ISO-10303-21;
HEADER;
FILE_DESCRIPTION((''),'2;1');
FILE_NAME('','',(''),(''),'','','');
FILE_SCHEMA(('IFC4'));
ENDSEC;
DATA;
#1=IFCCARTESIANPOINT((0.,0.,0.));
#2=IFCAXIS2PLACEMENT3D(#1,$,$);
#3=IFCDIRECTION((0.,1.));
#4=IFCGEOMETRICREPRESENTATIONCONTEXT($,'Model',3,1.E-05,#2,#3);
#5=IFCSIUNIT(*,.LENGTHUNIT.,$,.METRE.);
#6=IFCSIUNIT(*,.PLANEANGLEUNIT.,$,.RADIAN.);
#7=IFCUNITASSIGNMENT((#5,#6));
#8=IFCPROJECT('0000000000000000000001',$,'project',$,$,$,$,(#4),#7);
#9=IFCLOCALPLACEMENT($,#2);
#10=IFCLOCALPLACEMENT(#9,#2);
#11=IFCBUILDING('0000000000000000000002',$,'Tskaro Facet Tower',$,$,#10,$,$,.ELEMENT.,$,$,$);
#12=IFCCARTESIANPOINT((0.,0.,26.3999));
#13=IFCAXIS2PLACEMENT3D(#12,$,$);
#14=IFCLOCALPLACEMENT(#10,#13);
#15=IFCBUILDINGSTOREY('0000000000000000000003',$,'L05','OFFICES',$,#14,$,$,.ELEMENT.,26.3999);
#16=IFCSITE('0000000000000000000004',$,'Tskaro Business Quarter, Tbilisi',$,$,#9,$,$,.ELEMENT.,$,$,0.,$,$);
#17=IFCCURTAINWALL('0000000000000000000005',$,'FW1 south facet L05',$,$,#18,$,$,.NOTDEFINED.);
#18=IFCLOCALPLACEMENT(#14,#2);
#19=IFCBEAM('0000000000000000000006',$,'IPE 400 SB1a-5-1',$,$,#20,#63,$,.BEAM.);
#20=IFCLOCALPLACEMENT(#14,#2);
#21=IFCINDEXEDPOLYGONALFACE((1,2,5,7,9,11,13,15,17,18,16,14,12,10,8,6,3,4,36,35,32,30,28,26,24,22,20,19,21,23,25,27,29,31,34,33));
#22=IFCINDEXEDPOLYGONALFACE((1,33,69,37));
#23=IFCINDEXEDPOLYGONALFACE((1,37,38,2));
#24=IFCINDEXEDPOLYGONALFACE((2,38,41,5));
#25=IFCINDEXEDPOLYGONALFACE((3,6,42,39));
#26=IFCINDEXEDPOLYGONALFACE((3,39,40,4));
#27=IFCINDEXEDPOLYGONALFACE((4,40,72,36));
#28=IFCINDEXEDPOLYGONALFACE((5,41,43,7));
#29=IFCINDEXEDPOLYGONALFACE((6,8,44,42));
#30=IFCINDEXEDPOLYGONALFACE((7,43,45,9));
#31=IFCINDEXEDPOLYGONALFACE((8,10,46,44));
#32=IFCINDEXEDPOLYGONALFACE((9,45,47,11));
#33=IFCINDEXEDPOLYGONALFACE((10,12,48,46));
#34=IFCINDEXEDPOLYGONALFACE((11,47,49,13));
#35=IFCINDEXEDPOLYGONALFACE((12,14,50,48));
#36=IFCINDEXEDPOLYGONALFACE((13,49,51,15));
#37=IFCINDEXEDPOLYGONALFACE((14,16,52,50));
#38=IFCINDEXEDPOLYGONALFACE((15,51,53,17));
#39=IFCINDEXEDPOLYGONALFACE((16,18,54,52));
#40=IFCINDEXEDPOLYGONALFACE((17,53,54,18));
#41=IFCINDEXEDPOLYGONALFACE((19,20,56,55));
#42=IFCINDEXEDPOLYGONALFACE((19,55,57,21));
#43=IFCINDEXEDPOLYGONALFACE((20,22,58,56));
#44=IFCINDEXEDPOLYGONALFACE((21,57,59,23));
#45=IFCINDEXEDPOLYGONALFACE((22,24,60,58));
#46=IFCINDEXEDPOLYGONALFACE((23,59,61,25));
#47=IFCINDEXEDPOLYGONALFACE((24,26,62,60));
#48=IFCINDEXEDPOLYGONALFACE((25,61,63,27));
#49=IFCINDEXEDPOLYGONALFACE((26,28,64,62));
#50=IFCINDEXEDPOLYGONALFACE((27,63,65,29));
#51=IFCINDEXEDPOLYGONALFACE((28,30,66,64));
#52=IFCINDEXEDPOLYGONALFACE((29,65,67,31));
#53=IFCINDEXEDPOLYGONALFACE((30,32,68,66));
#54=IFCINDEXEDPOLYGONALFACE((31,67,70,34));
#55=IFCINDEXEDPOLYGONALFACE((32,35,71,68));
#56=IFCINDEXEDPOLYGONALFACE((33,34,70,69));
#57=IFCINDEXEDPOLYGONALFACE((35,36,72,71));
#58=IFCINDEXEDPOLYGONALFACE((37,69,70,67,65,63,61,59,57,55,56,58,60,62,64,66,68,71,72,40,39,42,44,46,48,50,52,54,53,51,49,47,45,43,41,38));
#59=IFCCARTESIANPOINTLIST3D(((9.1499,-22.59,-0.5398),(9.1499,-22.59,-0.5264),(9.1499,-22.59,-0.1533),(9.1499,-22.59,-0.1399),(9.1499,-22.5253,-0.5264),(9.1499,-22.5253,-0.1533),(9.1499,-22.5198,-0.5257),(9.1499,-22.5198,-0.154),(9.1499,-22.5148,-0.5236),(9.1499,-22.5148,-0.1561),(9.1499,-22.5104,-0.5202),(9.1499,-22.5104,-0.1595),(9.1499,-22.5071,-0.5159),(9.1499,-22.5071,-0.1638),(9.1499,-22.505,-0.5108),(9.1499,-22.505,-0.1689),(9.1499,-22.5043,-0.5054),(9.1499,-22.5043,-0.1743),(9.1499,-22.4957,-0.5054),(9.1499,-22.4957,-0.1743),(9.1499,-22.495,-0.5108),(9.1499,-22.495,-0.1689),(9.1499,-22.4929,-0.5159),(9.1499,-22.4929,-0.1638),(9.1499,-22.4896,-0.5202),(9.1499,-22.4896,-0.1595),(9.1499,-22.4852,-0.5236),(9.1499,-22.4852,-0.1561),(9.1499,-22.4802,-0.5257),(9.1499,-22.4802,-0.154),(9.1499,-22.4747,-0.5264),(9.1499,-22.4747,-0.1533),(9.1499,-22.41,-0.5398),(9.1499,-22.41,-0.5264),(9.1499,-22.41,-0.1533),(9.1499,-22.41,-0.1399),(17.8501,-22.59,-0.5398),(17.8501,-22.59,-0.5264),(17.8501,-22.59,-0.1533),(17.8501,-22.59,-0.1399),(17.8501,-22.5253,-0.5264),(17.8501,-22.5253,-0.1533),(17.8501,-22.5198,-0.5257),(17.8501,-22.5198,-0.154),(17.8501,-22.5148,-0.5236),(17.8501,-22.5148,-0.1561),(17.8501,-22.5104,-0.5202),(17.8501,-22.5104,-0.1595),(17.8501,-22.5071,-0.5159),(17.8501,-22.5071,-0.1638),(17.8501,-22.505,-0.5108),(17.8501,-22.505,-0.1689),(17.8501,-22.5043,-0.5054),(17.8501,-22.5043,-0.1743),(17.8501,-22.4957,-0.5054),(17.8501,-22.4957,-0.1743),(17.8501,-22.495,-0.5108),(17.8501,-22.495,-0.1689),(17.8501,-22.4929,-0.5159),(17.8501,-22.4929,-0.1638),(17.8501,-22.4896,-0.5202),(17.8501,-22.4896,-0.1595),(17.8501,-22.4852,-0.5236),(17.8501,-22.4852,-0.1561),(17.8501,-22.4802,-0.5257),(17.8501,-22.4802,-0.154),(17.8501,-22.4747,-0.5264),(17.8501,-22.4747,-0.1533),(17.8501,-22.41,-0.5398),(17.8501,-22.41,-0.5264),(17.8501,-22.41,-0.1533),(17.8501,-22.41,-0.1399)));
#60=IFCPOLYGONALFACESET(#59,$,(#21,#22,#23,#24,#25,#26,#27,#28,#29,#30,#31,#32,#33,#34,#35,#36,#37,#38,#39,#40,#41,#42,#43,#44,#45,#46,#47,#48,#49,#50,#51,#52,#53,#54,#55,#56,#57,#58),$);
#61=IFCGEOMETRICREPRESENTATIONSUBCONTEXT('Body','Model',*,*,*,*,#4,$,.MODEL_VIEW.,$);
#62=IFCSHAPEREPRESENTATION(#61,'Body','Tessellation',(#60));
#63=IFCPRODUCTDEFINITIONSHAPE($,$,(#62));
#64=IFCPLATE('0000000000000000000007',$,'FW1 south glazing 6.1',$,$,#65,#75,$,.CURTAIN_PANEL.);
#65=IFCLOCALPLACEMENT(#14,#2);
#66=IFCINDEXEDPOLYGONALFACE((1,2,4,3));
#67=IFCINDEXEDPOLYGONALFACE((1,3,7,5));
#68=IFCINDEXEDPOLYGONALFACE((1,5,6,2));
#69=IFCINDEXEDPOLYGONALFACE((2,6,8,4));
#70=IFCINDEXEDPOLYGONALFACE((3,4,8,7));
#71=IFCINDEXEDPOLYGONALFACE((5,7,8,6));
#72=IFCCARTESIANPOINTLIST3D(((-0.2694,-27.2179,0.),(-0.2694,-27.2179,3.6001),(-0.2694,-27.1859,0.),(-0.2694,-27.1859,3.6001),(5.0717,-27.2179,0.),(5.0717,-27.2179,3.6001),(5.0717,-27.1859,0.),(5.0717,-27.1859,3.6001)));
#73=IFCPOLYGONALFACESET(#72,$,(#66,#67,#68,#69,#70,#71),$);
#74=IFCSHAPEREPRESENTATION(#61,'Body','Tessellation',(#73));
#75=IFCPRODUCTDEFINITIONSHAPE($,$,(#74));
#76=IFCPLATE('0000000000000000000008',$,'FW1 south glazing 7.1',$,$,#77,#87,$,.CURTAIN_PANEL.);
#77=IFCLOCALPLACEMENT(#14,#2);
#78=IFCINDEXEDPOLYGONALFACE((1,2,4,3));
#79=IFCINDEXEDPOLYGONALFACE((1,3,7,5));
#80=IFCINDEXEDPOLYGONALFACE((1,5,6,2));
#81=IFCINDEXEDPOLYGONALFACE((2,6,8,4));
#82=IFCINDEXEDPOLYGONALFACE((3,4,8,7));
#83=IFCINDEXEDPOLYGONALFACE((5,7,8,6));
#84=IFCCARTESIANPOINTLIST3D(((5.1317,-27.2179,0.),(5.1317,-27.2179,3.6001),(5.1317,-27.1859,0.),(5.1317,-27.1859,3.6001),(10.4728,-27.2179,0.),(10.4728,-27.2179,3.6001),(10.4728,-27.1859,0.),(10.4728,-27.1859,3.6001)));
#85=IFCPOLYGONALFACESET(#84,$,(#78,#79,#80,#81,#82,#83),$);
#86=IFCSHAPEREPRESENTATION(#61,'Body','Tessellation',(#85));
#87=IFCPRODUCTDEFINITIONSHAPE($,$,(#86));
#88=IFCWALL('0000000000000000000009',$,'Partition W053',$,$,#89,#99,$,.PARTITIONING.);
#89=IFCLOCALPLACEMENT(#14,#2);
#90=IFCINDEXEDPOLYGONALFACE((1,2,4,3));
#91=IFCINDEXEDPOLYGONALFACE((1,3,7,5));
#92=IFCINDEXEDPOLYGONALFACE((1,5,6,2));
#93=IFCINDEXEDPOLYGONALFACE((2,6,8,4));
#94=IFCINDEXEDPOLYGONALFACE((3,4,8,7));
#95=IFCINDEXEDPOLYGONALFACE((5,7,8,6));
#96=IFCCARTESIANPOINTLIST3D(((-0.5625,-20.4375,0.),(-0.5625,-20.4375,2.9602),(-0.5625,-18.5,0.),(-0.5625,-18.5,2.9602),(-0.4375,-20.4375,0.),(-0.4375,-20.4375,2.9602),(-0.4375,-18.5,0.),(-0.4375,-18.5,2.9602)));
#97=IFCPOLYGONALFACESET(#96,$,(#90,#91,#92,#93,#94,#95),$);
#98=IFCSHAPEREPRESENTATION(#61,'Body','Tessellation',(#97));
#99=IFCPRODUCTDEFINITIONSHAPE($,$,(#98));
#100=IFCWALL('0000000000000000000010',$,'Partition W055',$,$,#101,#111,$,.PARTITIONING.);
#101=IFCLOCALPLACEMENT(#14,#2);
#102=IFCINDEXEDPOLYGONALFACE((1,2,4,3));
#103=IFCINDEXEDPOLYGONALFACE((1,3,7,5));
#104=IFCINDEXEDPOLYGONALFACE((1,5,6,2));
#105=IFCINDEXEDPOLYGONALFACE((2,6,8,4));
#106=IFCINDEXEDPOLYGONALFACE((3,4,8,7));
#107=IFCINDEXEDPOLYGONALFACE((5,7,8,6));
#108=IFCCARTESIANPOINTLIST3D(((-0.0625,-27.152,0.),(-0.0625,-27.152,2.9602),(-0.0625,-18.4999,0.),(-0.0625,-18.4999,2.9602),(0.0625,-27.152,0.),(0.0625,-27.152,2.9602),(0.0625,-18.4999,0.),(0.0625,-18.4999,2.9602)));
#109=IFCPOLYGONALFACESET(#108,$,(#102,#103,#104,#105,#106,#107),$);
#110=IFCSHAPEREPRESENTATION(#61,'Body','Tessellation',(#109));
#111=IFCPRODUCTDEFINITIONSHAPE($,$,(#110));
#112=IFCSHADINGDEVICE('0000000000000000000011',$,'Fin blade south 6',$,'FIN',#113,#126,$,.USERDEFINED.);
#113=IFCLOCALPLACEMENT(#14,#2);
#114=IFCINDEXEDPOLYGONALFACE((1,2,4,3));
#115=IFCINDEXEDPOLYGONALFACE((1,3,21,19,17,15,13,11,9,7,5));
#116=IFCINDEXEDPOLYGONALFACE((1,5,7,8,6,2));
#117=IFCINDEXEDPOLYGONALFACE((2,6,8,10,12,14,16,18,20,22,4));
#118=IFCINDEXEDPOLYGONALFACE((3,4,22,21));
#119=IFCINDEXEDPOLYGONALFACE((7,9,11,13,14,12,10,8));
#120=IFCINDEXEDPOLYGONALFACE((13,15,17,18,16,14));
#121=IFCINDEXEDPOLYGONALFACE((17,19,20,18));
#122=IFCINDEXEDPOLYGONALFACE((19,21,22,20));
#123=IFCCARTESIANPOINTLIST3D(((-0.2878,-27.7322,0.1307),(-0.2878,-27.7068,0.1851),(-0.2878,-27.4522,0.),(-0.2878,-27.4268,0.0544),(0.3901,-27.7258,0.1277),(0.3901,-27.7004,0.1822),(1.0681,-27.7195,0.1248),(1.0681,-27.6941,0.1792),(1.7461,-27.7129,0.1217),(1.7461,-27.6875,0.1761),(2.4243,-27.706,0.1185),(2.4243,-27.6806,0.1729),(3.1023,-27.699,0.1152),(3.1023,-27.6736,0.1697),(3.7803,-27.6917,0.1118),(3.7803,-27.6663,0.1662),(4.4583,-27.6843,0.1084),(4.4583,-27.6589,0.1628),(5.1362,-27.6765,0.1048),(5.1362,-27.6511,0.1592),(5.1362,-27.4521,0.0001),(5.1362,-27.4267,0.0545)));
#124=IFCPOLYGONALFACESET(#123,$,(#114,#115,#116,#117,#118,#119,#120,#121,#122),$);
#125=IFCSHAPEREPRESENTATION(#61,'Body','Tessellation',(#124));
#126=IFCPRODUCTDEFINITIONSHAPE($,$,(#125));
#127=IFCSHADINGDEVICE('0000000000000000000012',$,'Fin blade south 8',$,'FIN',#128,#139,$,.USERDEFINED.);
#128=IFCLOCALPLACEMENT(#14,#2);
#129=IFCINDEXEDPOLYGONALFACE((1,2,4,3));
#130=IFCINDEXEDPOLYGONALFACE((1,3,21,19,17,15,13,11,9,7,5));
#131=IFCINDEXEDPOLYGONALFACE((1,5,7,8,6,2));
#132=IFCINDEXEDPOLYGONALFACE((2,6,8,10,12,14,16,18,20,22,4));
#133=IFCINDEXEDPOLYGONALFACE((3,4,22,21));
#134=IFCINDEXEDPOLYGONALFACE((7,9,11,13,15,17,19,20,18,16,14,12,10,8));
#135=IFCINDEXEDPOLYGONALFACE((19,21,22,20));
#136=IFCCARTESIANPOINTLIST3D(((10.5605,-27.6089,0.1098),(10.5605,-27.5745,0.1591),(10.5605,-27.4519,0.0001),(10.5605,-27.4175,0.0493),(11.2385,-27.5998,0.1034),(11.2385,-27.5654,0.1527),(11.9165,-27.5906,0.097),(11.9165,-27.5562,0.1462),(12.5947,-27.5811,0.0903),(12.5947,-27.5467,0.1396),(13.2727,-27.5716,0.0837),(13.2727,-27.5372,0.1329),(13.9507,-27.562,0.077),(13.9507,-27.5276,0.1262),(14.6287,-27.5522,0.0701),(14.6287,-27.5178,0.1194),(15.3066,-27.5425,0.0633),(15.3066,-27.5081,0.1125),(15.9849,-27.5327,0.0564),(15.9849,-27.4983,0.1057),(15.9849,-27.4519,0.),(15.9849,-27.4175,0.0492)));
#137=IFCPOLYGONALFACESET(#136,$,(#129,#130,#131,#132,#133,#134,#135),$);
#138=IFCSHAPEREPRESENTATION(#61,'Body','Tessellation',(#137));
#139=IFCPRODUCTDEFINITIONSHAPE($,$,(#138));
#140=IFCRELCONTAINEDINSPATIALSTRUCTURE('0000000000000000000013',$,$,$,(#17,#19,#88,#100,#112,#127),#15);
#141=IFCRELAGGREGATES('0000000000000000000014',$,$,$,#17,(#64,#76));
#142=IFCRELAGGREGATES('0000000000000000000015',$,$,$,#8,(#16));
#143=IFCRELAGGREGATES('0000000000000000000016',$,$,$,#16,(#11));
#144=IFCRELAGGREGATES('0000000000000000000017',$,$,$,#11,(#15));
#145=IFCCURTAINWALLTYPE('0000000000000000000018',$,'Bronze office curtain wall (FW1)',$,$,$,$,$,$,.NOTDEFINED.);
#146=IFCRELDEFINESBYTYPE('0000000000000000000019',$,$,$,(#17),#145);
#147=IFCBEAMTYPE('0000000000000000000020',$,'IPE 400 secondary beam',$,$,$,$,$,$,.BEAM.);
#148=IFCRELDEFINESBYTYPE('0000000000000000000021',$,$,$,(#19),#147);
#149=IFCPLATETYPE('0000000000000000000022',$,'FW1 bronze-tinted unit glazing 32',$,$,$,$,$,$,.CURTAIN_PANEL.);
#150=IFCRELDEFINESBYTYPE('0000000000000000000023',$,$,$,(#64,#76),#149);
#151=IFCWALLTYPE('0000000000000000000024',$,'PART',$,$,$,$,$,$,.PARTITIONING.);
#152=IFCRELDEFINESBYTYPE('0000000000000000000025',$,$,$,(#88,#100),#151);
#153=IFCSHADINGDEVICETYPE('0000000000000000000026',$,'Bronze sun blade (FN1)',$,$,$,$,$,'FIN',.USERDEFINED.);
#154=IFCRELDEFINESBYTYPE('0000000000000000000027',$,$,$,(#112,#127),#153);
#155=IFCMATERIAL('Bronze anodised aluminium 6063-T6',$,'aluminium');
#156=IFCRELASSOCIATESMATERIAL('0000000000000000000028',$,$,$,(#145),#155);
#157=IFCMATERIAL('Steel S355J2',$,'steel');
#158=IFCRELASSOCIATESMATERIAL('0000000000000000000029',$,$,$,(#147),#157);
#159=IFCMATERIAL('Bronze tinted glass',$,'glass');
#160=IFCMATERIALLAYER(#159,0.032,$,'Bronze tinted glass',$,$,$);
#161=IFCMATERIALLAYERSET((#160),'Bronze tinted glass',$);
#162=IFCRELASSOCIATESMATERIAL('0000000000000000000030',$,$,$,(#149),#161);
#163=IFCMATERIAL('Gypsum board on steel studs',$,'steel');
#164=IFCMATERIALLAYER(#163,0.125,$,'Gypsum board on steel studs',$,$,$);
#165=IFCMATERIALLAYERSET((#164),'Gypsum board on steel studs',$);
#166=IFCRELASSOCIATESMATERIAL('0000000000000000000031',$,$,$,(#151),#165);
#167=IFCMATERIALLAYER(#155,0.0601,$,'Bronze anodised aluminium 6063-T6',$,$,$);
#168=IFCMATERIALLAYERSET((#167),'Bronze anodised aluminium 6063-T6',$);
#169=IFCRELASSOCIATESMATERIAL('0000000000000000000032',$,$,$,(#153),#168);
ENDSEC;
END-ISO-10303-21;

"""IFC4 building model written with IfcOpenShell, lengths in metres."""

from ifc_helpers import new_model, si_unit, direction, frame, frame_2d, origin, origin_2d, place, context, subcontext, project, spatial, polyline, rectangle, i_section, outline, extrude, material, layer, layer_set, material_profile, profile_set, type_object, element, aggregate, save


model = new_model("IFC4")

# Units and contexts
model_context = context("Model", 3, precision=1e-05, world=origin(), true_north=direction((0.0, 1.0)))
body_context = subcontext(model_context, "Body", "Model", "MODEL_VIEW")
ifc_project = project(units=[si_unit("LENGTHUNIT", "METRE"), si_unit("PLANEANGLEUNIT", "RADIAN")], contexts=[model_context])

# Site, building, storey
site_placement = place(None, origin())
site = spatial("IfcSite", under=ifc_project, at=site_placement, Name="Tskaro Business Quarter, Tbilisi", CompositionType="ELEMENT", RefElevation=0.0)
building_placement = place(site_placement, origin())
building = spatial("IfcBuilding", under=site, at=building_placement, Name="Tskaro Facet Tower", CompositionType="ELEMENT")
storey_placement = place(building_placement, frame((0.0, 0.0, 26.3999)))
storey = spatial("IfcBuildingStorey", under=building, at=storey_placement, Name="L05", Description="OFFICES", CompositionType="ELEMENT", Elevation=26.3999)

# Curtain wall
ifc_material_1 = material(Name="Bronze anodised aluminium 6063-T6", Category="aluminium")
curtain_wall_type = type_object("IfcCurtainWallType", Name="Bronze office curtain wall (FW1)", PredefinedType="NOTDEFINED", material=ifc_material_1)
curtain_wall_placement = place(storey_placement, origin())
curtain_wall = element("IfcCurtainWall", 1, at=curtain_wall_placement, inside=storey, type_object=curtain_wall_type, Name="FW1 south facet L05", PredefinedType="NOTDEFINED")

# Beam
ifc_material_2 = material(Name="Steel S355J2", Category="steel")
ifc_material_profile_1 = material_profile(ifc_material_2, i_section(OverallWidth=0.1799, OverallDepth=0.3999, WebThickness=0.0085, FlangeThickness=0.0134, FilletRadius=0.021, at=origin_2d()), Name="IPE 400")
ifc_profile_set_1 = profile_set([ifc_material_profile_1], Name="Steel S355J2")
beam_type_1 = type_object("IfcBeamType", Name="IPE 400 secondary beam", PredefinedType="BEAM", material=ifc_profile_set_1)
for number, where, z_axis, x_axis, name in (
    (2, (9.1499, -22.5, -0.3398), (1.0, 0.0, 0.0), (0.0, 1.0, 0.0), "IPE 400 SB1a-5-1"),
):
    element("IfcBeam", number, at=place(storey_placement, frame(where, z_axis=z_axis, x_axis=x_axis)), inside=storey, type_object=beam_type_1, Name=name, PredefinedType="BEAM", context=body_context, shape_type="SweptSolid", body=[
        extrude(i_section(OverallWidth=0.1799, OverallDepth=0.3999, WebThickness=0.0085, FlangeThickness=0.0134, FilletRadius=0.021, at=origin_2d()), origin(), (0.0, 0.0, 1.0), 8.7002),
    ])

# Plates
ifc_material_3 = material(Name="Bronze tinted glass", Category="glass")
ifc_layer_1 = layer(ifc_material_3, 0.032, Name="Bronze tinted glass")
ifc_layer_set_1 = layer_set([ifc_layer_1], Name="Bronze tinted glass")
plate_type = type_object("IfcPlateType", Name="FW1 bronze-tinted unit glazing 32", PredefinedType="CURTAIN_PANEL", material=ifc_layer_set_1)
plate_1_placement = place(storey_placement, frame((2.4011, -27.2019, 0.0), z_axis=(0.0, 0.0, 1.0), x_axis=(1.0, 0.0, 0.0)))
plate_1 = element("IfcPlate", 3, at=plate_1_placement, type_object=plate_type, Name="FW1 south glazing 6.1", PredefinedType="CURTAIN_PANEL", context=body_context, shape_type="SweptSolid", body=[
    extrude(rectangle(XDim=5.3411, YDim=0.032, at=origin_2d()), origin(), (0.0, 0.0, 1.0), 3.6001),
])
plate_2_placement = place(storey_placement, frame((7.8022, -27.2019, 0.0), z_axis=(0.0, 0.0, 1.0), x_axis=(1.0, 0.0, 0.0)))
plate_2 = element("IfcPlate", 4, at=plate_2_placement, type_object=plate_type, Name="FW1 south glazing 7.1", PredefinedType="CURTAIN_PANEL", context=body_context, shape_type="SweptSolid", body=[
    extrude(rectangle(XDim=5.3411, YDim=0.032, at=origin_2d()), origin(), (0.0, 0.0, 1.0), 3.6001),
])
aggregate(curtain_wall, [plate_1, plate_2])

# Walls
ifc_material_4 = material(Name="Gypsum board on steel studs", Category="steel")
ifc_layer_2 = layer(ifc_material_4, 0.125, Name="Gypsum board on steel studs")
ifc_layer_set_2 = layer_set([ifc_layer_2], Name="Gypsum board on steel studs")
wall_type = type_object("IfcWallType", Name="PART", PredefinedType="PARTITIONING", material=ifc_layer_set_2)
wall_1_placement = place(storey_placement, frame((-0.5, -20.4375, 0.0), z_axis=(0.0, 0.0, 1.0), x_axis=(0.0, 1.0, 0.0)))
element("IfcWall", 5, at=wall_1_placement, inside=storey, type_object=wall_type, Name="Partition W053", PredefinedType="PARTITIONING", context=body_context, shape_type="SweptSolid", body=[
    extrude(rectangle(XDim=1.9375, YDim=0.125, at=frame_2d((0.9688, 0.0))), origin(), (0.0, 0.0, 1.0), 2.9602),
])
wall_2_placement = place(storey_placement, frame((0.0, -27.1521, 0.0), z_axis=(0.0, 0.0, 1.0), x_axis=(0.0, 1.0, 0.0)))
element("IfcWall", 6, at=wall_2_placement, inside=storey, type_object=wall_type, Name="Partition W055", PredefinedType="PARTITIONING", context=body_context, shape_type="SweptSolid", body=[
    extrude(rectangle(XDim=8.6521, YDim=0.125, at=frame_2d((4.3262, 0.0))), origin(), (0.0, 0.0, 1.0), 2.9602),
])

# Shading devices
ifc_layer_3 = layer(ifc_material_1, 0.0601, Name="Bronze anodised aluminium 6063-T6")
ifc_layer_set_3 = layer_set([ifc_layer_3], Name="Bronze anodised aluminium 6063-T6")
shading_device_type = type_object("IfcShadingDeviceType", Name="Bronze sun blade (FN1)", ElementType="FIN", PredefinedType="USERDEFINED", material=ifc_layer_set_3)
shading_device_1_placement = place(storey_placement, frame((-0.2878, -27.4268, 0.0544), z_axis=(-0.000008, 0.422856, 0.906197), x_axis=(1.0, 0.000003, 0.000007)))
element("IfcShadingDevice", 7, at=shading_device_1_placement, inside=storey, type_object=shading_device_type, Name="Fin blade south 6", ObjectType="FIN", PredefinedType="USERDEFINED", context=body_context, shape_type="SweptSolid", body=[
    extrude(outline(polyline([(0.0, 0.0), (5.4241, 0.0), (5.4241, -0.2476), (4.7461, -0.2562), (4.0681, -0.2643), (3.3901, -0.2724), (2.7122, -0.2802), (2.0339, -0.2877), (1.356, -0.295), (0.678, -0.302), (0.0, -0.309), (0.0, 0.0)])), origin(), (0.0, 0.0, -1.0), 0.0601),
])
shading_device_2_placement = place(storey_placement, frame((10.5605, -27.4175, 0.0493), z_axis=(0.00002, 0.572815, 0.819684), x_axis=(1.0, -0.000011, -0.000016)))
element("IfcShadingDevice", 8, at=shading_device_2_placement, inside=storey, type_object=shading_device_type, Name="Fin blade south 8", ObjectType="FIN", PredefinedType="USERDEFINED", context=body_context, shape_type="SweptSolid", body=[
    extrude(outline(polyline([(0.0, 0.0), (5.4243, 0.0), (5.4243, -0.0985), (4.7461, -0.1105), (4.0681, -0.1224), (3.3901, -0.1343), (2.7122, -0.146), (2.0342, -0.1576), (1.356, -0.1692), (0.678, -0.1804), (0.0, -0.1916), (0.0, 0.0)])), origin(), (0.0, 0.0, -1.0), 0.0601),
])

save(model, "model.ifc")
